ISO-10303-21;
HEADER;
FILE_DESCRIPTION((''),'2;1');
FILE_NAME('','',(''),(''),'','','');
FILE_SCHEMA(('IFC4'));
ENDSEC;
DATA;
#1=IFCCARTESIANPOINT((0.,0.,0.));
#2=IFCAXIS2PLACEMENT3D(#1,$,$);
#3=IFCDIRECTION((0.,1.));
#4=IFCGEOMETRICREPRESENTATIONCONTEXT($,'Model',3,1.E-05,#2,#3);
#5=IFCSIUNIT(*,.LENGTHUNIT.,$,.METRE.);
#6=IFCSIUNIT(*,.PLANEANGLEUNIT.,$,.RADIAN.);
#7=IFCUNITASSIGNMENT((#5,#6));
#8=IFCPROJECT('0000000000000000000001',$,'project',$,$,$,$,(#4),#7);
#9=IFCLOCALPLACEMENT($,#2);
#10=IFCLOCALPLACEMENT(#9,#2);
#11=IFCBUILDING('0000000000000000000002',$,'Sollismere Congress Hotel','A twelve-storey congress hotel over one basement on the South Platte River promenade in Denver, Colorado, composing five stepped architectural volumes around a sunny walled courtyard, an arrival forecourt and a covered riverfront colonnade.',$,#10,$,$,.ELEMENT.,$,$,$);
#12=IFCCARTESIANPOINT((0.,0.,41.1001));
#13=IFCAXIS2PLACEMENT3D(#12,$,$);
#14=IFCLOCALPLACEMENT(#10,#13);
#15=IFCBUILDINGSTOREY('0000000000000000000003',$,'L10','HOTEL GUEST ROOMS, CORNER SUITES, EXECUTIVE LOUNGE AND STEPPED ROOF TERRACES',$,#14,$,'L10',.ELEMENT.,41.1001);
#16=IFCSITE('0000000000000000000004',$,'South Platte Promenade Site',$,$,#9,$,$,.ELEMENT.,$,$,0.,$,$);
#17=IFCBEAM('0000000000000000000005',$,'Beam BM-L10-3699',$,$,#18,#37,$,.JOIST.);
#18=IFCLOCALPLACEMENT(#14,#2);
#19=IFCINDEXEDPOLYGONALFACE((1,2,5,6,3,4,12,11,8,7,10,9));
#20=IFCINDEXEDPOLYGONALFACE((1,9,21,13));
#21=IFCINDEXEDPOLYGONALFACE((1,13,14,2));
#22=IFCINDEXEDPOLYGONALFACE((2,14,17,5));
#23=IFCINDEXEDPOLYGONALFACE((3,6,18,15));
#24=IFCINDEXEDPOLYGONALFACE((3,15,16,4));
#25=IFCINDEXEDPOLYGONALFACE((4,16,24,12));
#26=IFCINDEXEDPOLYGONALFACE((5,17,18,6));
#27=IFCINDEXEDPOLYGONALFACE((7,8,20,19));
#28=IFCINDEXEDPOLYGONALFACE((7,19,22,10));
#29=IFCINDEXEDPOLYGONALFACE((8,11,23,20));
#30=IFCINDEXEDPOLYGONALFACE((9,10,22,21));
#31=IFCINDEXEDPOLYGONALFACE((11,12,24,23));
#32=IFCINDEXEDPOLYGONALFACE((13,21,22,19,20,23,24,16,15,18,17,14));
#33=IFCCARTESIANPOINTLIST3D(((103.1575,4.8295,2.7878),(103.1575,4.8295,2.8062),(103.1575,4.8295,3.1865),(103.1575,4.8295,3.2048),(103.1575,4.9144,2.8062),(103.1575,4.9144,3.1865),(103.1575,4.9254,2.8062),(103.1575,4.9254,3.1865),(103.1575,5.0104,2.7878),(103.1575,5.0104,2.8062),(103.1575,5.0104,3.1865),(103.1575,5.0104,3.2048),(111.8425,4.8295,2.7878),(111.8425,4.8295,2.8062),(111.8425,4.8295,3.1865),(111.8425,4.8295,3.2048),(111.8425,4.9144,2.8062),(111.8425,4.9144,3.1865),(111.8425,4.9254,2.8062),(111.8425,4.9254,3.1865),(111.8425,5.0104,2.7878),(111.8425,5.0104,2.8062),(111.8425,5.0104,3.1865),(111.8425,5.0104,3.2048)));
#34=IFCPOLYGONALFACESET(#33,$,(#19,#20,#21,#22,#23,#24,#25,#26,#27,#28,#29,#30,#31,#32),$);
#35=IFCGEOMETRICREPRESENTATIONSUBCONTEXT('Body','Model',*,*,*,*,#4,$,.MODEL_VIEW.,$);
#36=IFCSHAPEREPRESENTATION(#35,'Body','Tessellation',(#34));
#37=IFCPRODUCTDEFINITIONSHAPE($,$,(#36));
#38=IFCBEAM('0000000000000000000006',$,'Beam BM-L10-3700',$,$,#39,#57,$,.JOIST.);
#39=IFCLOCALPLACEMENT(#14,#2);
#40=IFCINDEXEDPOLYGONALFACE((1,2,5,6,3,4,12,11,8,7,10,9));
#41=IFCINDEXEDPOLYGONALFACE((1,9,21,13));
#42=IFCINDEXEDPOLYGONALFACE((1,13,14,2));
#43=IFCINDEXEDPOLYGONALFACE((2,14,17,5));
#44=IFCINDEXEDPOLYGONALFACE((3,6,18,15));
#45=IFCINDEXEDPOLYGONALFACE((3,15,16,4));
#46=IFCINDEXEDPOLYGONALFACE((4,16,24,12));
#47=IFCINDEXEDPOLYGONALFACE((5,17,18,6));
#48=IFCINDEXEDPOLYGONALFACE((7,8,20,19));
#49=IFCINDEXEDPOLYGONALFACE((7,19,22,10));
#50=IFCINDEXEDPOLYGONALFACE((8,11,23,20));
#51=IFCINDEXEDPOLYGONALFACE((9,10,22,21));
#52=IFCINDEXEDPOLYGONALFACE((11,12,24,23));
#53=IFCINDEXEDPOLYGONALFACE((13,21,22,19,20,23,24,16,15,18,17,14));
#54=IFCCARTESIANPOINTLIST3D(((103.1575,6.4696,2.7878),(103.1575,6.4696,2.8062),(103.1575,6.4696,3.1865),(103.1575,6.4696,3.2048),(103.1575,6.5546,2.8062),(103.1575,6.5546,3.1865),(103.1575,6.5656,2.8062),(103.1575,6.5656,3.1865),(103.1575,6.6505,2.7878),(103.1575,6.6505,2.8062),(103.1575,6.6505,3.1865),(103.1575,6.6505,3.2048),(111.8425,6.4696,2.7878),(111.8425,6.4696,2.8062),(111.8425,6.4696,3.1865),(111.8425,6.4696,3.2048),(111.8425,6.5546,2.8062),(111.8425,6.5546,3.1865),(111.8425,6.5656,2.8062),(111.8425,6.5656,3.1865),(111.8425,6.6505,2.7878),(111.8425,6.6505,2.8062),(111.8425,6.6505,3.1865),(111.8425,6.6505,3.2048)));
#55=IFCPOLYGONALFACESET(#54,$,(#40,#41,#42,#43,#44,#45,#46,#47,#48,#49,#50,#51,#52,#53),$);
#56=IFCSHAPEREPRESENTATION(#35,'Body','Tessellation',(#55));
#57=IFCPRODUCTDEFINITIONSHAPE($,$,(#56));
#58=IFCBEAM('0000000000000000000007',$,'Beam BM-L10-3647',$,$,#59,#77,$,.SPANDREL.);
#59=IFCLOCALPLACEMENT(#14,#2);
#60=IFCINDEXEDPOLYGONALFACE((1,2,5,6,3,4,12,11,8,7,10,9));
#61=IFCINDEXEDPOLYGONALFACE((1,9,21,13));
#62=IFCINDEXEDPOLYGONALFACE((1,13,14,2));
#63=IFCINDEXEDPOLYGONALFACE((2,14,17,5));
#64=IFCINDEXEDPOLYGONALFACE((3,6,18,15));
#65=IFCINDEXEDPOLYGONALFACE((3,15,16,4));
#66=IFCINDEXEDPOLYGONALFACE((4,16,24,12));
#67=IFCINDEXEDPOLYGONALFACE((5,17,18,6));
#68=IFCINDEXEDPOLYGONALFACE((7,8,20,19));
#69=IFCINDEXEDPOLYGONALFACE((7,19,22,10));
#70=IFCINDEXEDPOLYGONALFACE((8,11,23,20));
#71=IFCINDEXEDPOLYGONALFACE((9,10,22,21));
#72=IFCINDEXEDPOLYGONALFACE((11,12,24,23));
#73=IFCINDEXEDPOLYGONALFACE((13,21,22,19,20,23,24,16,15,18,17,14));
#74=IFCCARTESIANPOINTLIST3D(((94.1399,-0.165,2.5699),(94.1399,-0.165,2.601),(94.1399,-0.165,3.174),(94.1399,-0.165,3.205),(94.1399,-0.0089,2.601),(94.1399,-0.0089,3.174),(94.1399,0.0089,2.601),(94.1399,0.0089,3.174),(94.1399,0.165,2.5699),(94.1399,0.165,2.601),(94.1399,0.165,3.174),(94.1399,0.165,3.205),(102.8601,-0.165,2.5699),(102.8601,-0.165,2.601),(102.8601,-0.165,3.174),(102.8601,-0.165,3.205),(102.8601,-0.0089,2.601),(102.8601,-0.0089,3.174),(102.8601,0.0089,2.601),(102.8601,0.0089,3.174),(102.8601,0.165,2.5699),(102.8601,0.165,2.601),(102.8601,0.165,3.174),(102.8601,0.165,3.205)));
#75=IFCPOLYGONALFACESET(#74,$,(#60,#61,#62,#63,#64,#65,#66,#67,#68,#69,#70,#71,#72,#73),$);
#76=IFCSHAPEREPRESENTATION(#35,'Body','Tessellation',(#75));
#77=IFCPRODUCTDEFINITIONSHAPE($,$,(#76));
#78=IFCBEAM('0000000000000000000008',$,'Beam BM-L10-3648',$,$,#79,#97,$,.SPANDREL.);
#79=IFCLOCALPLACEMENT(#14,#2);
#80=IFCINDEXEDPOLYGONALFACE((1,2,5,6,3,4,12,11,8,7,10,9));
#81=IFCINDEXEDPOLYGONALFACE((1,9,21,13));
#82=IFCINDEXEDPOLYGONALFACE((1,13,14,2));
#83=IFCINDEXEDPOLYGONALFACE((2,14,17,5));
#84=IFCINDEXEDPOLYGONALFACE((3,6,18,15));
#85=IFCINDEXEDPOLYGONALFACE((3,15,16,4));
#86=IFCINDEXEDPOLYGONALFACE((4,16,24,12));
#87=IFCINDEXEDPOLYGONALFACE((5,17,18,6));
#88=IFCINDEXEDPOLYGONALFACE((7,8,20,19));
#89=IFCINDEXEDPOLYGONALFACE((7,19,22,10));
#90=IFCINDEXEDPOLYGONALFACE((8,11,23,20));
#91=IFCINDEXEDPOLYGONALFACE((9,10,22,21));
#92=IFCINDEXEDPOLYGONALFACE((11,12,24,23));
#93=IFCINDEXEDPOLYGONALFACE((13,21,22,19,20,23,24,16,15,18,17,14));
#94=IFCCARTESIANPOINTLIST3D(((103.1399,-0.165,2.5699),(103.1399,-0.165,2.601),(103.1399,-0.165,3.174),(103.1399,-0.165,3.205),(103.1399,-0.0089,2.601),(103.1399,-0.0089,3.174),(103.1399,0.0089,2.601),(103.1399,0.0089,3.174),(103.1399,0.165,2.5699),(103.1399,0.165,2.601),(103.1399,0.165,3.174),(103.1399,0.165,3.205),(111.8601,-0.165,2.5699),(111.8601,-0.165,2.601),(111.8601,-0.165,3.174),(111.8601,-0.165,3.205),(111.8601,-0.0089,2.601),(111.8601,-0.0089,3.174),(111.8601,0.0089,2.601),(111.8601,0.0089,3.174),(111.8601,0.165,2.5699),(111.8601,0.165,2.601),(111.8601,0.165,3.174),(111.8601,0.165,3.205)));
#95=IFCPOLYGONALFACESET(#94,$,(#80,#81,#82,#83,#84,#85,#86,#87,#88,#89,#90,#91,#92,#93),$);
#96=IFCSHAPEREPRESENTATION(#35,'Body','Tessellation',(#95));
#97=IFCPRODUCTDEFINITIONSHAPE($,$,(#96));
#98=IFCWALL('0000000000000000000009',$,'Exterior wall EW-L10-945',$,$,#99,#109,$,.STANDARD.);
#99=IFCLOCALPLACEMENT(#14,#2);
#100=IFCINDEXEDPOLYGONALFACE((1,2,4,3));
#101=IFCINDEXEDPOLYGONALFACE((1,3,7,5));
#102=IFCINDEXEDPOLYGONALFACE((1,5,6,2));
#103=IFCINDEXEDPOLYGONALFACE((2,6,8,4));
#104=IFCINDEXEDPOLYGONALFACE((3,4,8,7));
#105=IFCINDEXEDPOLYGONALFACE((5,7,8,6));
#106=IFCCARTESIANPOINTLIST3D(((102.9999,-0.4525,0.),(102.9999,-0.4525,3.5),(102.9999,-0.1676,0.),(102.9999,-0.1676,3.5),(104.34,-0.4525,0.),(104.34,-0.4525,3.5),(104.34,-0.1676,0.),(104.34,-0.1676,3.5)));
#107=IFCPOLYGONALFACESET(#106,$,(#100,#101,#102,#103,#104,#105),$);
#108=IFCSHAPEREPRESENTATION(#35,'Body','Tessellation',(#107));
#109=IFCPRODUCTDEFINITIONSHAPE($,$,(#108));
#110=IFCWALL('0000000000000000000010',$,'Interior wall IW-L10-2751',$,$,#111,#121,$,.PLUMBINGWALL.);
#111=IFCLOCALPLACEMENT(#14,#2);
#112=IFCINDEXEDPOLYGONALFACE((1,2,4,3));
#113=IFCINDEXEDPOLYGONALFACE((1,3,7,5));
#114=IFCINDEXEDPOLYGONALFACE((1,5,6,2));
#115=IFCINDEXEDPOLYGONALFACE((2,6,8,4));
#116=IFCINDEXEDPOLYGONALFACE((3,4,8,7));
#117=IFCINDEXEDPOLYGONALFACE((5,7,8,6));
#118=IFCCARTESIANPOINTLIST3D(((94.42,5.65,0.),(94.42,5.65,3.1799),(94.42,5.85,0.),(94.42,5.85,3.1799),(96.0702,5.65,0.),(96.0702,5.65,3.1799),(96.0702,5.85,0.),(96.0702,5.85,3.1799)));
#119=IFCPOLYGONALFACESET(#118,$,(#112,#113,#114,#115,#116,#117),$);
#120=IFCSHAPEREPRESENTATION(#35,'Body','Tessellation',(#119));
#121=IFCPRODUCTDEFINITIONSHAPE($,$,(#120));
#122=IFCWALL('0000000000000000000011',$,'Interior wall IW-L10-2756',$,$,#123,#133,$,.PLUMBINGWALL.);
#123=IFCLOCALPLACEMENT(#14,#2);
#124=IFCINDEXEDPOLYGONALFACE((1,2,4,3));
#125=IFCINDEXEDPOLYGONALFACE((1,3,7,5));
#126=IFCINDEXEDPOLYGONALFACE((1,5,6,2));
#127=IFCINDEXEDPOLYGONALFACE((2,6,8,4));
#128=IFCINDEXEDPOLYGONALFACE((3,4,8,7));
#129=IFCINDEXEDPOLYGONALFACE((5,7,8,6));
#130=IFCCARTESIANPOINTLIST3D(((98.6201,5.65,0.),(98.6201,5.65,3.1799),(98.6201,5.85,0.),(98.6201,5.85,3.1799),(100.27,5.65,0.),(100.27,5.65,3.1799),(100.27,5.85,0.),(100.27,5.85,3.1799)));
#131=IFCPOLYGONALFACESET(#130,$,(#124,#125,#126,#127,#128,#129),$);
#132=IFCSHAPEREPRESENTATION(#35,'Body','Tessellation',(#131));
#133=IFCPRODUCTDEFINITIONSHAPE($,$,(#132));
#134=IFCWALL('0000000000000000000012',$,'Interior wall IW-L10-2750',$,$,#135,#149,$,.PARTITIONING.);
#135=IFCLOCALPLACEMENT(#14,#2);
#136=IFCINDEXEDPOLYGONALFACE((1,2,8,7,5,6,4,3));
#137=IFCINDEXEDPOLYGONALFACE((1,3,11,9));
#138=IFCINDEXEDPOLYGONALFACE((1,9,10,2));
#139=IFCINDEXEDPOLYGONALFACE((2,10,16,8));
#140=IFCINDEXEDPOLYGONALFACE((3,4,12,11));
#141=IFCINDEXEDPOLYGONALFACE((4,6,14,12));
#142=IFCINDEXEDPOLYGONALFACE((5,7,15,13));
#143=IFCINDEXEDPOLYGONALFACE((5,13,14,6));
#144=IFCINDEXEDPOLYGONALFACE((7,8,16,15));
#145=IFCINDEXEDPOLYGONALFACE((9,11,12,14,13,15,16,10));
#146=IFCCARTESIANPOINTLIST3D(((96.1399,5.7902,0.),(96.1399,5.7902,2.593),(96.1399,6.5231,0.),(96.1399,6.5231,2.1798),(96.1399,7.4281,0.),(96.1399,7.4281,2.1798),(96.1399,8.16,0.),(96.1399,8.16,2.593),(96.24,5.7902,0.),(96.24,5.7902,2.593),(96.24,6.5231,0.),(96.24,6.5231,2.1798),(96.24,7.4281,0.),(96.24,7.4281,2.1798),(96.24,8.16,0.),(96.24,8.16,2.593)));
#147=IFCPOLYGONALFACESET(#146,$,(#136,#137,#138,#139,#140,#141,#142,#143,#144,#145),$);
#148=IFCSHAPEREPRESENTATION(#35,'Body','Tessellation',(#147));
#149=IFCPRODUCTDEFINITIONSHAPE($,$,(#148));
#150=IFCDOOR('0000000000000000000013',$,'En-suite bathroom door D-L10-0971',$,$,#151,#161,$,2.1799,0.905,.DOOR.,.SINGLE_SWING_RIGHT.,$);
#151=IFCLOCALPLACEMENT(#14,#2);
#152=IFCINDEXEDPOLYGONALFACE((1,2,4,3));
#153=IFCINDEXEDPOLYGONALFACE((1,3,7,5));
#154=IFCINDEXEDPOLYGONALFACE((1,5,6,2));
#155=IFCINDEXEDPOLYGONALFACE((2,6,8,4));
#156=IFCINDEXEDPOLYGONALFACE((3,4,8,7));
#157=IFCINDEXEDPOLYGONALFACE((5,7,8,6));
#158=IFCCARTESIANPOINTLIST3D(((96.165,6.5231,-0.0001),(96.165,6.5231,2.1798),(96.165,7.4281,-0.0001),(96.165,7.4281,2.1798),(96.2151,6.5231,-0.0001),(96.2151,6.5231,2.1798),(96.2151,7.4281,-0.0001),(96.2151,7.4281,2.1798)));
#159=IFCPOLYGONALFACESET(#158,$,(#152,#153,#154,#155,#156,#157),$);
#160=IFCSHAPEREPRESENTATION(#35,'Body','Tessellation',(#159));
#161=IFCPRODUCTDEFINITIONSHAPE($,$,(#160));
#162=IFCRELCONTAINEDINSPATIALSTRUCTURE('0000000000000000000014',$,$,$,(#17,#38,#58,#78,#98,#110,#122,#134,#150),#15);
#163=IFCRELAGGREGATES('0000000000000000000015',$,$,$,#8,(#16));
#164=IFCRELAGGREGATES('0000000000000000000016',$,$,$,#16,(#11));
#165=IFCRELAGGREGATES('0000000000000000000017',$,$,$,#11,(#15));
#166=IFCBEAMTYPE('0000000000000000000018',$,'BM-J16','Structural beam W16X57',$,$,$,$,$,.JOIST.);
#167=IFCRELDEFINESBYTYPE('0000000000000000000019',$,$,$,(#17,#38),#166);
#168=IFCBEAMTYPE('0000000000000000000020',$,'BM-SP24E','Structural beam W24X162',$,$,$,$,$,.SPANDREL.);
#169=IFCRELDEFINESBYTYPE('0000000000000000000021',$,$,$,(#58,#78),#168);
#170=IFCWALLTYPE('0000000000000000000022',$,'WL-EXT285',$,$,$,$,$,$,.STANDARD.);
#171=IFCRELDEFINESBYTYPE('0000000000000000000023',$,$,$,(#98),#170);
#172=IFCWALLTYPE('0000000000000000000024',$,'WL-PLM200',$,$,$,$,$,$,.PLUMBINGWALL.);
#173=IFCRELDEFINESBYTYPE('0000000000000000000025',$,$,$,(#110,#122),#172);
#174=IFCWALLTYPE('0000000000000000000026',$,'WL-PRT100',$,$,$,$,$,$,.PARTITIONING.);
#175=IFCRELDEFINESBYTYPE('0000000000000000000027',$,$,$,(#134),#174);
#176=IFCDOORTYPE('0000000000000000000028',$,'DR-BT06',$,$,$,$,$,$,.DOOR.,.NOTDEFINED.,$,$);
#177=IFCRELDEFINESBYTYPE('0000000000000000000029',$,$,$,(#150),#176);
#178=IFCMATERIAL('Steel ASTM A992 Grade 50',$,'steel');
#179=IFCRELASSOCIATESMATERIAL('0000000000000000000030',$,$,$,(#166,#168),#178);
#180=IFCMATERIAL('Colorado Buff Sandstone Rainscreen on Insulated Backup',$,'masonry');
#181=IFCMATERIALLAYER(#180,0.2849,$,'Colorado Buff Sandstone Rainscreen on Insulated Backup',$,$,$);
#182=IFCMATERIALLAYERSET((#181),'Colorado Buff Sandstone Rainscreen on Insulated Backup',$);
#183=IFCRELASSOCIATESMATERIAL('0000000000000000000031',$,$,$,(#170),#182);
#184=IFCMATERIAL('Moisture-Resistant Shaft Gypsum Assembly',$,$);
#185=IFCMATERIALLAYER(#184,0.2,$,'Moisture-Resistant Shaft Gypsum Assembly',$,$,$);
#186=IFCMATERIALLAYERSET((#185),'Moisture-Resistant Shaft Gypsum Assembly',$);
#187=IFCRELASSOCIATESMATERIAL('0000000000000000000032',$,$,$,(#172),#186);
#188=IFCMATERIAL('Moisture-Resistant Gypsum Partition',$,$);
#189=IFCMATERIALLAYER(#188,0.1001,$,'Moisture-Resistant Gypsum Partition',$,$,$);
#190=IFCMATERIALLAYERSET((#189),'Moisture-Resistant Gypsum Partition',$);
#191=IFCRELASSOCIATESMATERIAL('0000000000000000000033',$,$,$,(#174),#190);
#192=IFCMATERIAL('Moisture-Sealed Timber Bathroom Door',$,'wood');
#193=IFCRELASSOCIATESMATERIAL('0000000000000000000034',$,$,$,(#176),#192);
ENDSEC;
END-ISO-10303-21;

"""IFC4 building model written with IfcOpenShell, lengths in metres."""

from ifc_helpers import new_model, si_unit, direction, frame, frame_2d, origin, origin_2d, place, context, subcontext, project, spatial, rectangle, i_section, extrude, material, layer, layer_set, material_profile, profile_set, type_object, element, fill, save


model = new_model("IFC4")

# Units and contexts
model_context = context("Model", 3, precision=1e-05, world=origin(), true_north=direction((0.0, 1.0)))
body_context = subcontext(model_context, "Body", "Model", "MODEL_VIEW")
ifc_project = project(units=[si_unit("LENGTHUNIT", "METRE"), si_unit("PLANEANGLEUNIT", "RADIAN")], contexts=[model_context])

# Site, building, storey
site_placement = place(None, origin())
site = spatial("IfcSite", under=ifc_project, at=site_placement, Name="South Platte Promenade Site", CompositionType="ELEMENT", RefElevation=0.0)
building_placement = place(site_placement, origin())
building = spatial("IfcBuilding", under=site, at=building_placement, Name="Sollismere Congress Hotel", Description="A twelve-storey congress hotel over one basement on the South Platte River promenade in Denver, Colorado, composing five stepped architectural volumes around a sunny walled courtyard, an arrival forecourt and a covered riverfront colonnade.", CompositionType="ELEMENT")
storey_placement = place(building_placement, frame((0.0, 0.0, 41.1001)))
storey = spatial("IfcBuildingStorey", under=building, at=storey_placement, Name="L10", Description="HOTEL GUEST ROOMS, CORNER SUITES, EXECUTIVE LOUNGE AND STEPPED ROOF TERRACES", LongName="L10", CompositionType="ELEMENT", Elevation=41.1001)

# Shared definitions
ifc_material_1 = material(Name="Steel ASTM A992 Grade 50", Category="steel")

# Beams
ifc_material_profile_1 = material_profile(ifc_material_1, i_section(OverallWidth=0.1809, OverallDepth=0.417, WebThickness=0.011, FlangeThickness=0.0183, at=origin_2d()), Name="W16X57")
ifc_profile_set_1 = profile_set([ifc_material_profile_1], Name="Steel ASTM A992 Grade 50")
beam_type_1 = type_object("IfcBeamType", Name="BM-J16", Description="Structural beam W16X57", PredefinedType="JOIST", material=ifc_profile_set_1)
for number, where, z_axis, x_axis, name in (
    (1, (103.1575, 4.9199, 2.9963), (1.0, 0.0, 0.0), (0.0, 1.0, 0.0), "Beam BM-L10-3699"),
    (2, (103.1575, 6.5601, 2.9963), (1.0, 0.0, 0.0), (0.0, 1.0, 0.0), "Beam BM-L10-3700"),
):
    element("IfcBeam", number, at=place(storey_placement, frame(where, z_axis=z_axis, x_axis=x_axis)), inside=storey, type_object=beam_type_1, Name=name, PredefinedType="JOIST", context=body_context, shape_type="SweptSolid", body=[
        extrude(i_section(OverallWidth=0.1809, OverallDepth=0.417, WebThickness=0.011, FlangeThickness=0.0183, at=origin_2d()), origin(), (0.0, 0.0, 1.0), 8.6851),
    ])
ifc_material_profile_2 = material_profile(ifc_material_1, i_section(OverallWidth=0.3301, OverallDepth=0.635, WebThickness=0.0178, FlangeThickness=0.031, at=origin_2d()), Name="W24X162")
ifc_profile_set_2 = profile_set([ifc_material_profile_2], Name="Steel ASTM A992 Grade 50")
beam_type_2 = type_object("IfcBeamType", Name="BM-SP24E", Description="Structural beam W24X162", PredefinedType="SPANDREL", material=ifc_profile_set_2)
for number, where, z_axis, x_axis, name in (
    (3, (94.1399, 0.0, 2.8875), (1.0, 0.0, 0.0), (0.0, 1.0, 0.0), "Beam BM-L10-3647"),
    (4, (103.1399, 0.0, 2.8875), (1.0, 0.0, 0.0), (0.0, 1.0, 0.0), "Beam BM-L10-3648"),
):
    element("IfcBeam", number, at=place(storey_placement, frame(where, z_axis=z_axis, x_axis=x_axis)), inside=storey, type_object=beam_type_2, Name=name, PredefinedType="SPANDREL", context=body_context, shape_type="SweptSolid", body=[
        extrude(i_section(OverallWidth=0.3301, OverallDepth=0.635, WebThickness=0.0178, FlangeThickness=0.031, at=origin_2d()), origin(), (0.0, 0.0, 1.0), 8.7202),
    ])

# Walls
ifc_material_2 = material(Name="Colorado Buff Sandstone Rainscreen on Insulated Backup", Category="masonry")
ifc_layer_1 = layer(ifc_material_2, 0.2849, Name="Colorado Buff Sandstone Rainscreen on Insulated Backup")
ifc_layer_set_1 = layer_set([ifc_layer_1], Name="Colorado Buff Sandstone Rainscreen on Insulated Backup")
wall_type_1 = type_object("IfcWallType", Name="WL-EXT285", PredefinedType="STANDARD", material=ifc_layer_set_1)
wall_1_placement = place(storey_placement, frame((103.0, -0.3101, 0.0), z_axis=(0.0, 0.0, 1.0), x_axis=(1.0, 0.0, 0.0)))
element("IfcWall", 5, at=wall_1_placement, inside=storey, type_object=wall_type_1, Name="Exterior wall EW-L10-945", PredefinedType="STANDARD", context=body_context, shape_type="SweptSolid", body=[
    extrude(rectangle(XDim=1.3401, YDim=0.2849, at=frame_2d((0.6699, 0.0))), origin(), (0.0, 0.0, 1.0), 3.5),
])
ifc_material_3 = material(Name="Moisture-Resistant Shaft Gypsum Assembly")
ifc_layer_2 = layer(ifc_material_3, 0.2, Name="Moisture-Resistant Shaft Gypsum Assembly")
ifc_layer_set_2 = layer_set([ifc_layer_2], Name="Moisture-Resistant Shaft Gypsum Assembly")
wall_type_2 = type_object("IfcWallType", Name="WL-PLM200", PredefinedType="PLUMBINGWALL", material=ifc_layer_set_2)
wall_2_placement = place(storey_placement, frame((94.4199, 5.75, 0.0), z_axis=(0.0, 0.0, 1.0), x_axis=(1.0, 0.0, 0.0)))
element("IfcWall", 6, at=wall_2_placement, inside=storey, type_object=wall_type_2, Name="Interior wall IW-L10-2751", PredefinedType="PLUMBINGWALL", context=body_context, shape_type="SweptSolid", body=[
    extrude(rectangle(XDim=1.6501, YDim=0.2, at=frame_2d((0.8252, 0.0))), origin(), (0.0, 0.0, 1.0), 3.1799),
])
wall_3_placement = place(storey_placement, frame((98.6201, 5.75, 0.0), z_axis=(0.0, 0.0, 1.0), x_axis=(1.0, 0.0, 0.0)))
element("IfcWall", 7, at=wall_3_placement, inside=storey, type_object=wall_type_2, Name="Interior wall IW-L10-2756", PredefinedType="PLUMBINGWALL", context=body_context, shape_type="SweptSolid", body=[
    extrude(rectangle(XDim=1.6499, YDim=0.2, at=frame_2d((0.825, 0.0))), origin(), (0.0, 0.0, 1.0), 3.1799),
])

# Wall, opening, door
ifc_material_4 = material(Name="Moisture-Resistant Gypsum Partition")
ifc_layer_3 = layer(ifc_material_4, 0.1001, Name="Moisture-Resistant Gypsum Partition")
ifc_layer_set_3 = layer_set([ifc_layer_3], Name="Moisture-Resistant Gypsum Partition")
wall_type_3 = type_object("IfcWallType", Name="WL-PRT100", PredefinedType="PARTITIONING", material=ifc_layer_set_3)
wall_4_placement = place(storey_placement, frame((96.1899, 5.79, 0.0), z_axis=(0.0, 0.0, 1.0), x_axis=(0.0, 1.0, 0.0)))
wall_4 = element("IfcWall", 8, at=wall_4_placement, inside=storey, type_object=wall_type_3, Name="Interior wall IW-L10-2750", PredefinedType="PARTITIONING", context=body_context, shape_type="SweptSolid", body=[
    extrude(rectangle(XDim=2.3699, YDim=0.1001, at=frame_2d((1.1851, 0.0))), origin(), (0.0, 0.0, 1.0), 2.593),
])
opening_1_placement = place(wall_4_placement, frame((0.7329, 0.0, 0.0)))
opening_1 = element("IfcOpeningElement", 9, at=opening_1_placement, cuts=wall_4, PredefinedType="OPENING", context=body_context, shape_type="SweptSolid", body=[
    extrude(rectangle(XDim=0.905, YDim=2.1799, at=frame_2d((0.4526, 1.0898))), frame((0.0, 0.0601, 0.0), z_axis=(0.0, -1.0, 0.0), x_axis=(1.0, 0.0, 0.0)), (0.0, 0.0, 1.0), 0.1201),
])
ifc_material_5 = material(Name="Moisture-Sealed Timber Bathroom Door", Category="wood")
door_type_1 = type_object("IfcDoorType", Name="DR-BT06", OperationType="NOTDEFINED", PredefinedType="DOOR", material=ifc_material_5)
door_1_placement = place(opening_1_placement, origin())
door_1 = element("IfcDoor", 10, at=door_1_placement, inside=storey, type_object=door_type_1, Name="En-suite bathroom door D-L10-0971", OperationType="SINGLE_SWING_RIGHT", OverallHeight=2.1799, OverallWidth=0.905, PredefinedType="DOOR", context=body_context, shape_type="SweptSolid", body=[
    extrude(rectangle(XDim=0.905, YDim=2.1799, at=frame_2d((0.4526, 1.0898))), frame((0.0, 0.0249, 0.0), z_axis=(0.0, -1.0, 0.0), x_axis=(1.0, 0.0, 0.0)), (0.0, 0.0, 1.0), 0.05),
])
fill(opening_1, door_1)

save(model, "model.ifc")
